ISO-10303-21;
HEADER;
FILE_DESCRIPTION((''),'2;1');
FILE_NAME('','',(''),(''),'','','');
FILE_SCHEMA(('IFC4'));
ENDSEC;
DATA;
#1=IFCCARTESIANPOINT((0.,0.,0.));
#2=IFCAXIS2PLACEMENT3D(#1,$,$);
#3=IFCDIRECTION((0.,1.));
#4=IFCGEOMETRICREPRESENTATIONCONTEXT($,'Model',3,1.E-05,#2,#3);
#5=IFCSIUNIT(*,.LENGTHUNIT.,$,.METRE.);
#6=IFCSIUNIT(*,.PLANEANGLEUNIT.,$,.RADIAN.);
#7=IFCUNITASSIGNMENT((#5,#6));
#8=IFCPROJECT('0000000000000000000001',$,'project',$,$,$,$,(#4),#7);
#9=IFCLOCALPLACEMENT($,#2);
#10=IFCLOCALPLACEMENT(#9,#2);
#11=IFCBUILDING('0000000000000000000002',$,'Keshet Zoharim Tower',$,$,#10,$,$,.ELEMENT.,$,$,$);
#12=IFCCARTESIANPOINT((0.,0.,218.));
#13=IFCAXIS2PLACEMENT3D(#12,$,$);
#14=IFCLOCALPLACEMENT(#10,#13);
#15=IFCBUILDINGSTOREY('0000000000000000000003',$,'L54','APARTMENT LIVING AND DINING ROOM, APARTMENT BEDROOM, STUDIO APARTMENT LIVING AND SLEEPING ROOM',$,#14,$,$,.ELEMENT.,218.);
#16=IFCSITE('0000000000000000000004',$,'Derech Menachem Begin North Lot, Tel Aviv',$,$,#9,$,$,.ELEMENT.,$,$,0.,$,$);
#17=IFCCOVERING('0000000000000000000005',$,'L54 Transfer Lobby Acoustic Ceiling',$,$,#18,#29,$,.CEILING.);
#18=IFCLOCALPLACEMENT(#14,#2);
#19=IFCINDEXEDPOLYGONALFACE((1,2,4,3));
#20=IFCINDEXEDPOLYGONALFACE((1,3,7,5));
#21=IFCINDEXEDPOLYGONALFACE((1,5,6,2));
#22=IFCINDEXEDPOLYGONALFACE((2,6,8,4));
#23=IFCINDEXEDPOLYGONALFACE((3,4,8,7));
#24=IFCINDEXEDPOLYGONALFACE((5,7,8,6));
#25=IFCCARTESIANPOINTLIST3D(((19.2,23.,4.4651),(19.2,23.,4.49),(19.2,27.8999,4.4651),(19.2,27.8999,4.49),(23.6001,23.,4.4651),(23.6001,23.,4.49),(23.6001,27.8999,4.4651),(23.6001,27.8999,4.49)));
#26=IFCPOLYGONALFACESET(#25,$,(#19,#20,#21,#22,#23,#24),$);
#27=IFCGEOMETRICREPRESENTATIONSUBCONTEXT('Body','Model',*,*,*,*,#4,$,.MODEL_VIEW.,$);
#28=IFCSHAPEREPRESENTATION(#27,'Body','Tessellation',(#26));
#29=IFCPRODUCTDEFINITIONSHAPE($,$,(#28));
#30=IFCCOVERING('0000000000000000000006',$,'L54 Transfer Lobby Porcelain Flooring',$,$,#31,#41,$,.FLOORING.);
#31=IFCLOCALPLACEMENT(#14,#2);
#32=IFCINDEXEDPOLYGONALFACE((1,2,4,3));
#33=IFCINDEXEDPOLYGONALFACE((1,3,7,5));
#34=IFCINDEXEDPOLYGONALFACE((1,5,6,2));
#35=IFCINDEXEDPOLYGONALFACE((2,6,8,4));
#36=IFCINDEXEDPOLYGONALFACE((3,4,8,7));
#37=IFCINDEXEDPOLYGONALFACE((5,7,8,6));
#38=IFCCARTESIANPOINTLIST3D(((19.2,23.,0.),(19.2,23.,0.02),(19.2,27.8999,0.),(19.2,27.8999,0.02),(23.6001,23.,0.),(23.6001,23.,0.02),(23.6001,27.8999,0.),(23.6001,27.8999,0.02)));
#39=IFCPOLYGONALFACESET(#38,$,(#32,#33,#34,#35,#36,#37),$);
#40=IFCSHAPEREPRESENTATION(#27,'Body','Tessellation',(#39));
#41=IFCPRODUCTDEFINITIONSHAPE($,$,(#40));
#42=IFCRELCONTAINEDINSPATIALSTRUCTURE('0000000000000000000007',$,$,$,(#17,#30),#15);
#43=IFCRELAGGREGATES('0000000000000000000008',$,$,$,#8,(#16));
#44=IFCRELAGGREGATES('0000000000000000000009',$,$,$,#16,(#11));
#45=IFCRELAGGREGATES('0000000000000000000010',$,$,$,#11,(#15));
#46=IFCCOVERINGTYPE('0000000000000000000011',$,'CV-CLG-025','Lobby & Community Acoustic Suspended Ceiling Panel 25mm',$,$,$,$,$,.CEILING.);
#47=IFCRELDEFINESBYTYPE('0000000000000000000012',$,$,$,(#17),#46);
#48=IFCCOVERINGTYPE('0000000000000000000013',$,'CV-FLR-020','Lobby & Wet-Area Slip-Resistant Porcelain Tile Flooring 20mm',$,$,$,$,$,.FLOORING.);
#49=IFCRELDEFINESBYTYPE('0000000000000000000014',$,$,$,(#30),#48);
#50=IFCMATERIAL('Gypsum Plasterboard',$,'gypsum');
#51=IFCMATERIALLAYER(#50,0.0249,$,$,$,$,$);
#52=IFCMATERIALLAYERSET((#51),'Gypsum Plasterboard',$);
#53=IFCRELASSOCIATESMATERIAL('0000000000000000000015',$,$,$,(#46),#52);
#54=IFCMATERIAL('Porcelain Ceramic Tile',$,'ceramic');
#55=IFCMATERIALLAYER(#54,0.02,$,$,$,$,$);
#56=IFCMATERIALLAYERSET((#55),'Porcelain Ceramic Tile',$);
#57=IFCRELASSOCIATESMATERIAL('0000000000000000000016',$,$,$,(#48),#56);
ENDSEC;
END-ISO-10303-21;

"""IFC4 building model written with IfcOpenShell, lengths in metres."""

from ifc_helpers import new_model, si_unit, direction, frame, origin, place, context, subcontext, project, spatial, polyline, outline, extrude, material, layer, layer_set, type_object, element, save


model = new_model("IFC4")

# Units and contexts
model_context = context("Model", 3, precision=1e-05, world=origin(), true_north=direction((0.0, 1.0)))
body_context = subcontext(model_context, "Body", "Model", "MODEL_VIEW")
ifc_project = project(units=[si_unit("LENGTHUNIT", "METRE"), si_unit("PLANEANGLEUNIT", "RADIAN")], contexts=[model_context])

# Site, building, storey
site_placement = place(None, origin())
site = spatial("IfcSite", under=ifc_project, at=site_placement, Name="Derech Menachem Begin North Lot, Tel Aviv", CompositionType="ELEMENT", RefElevation=0.0)
building_placement = place(site_placement, origin())
building = spatial("IfcBuilding", under=site, at=building_placement, Name="Keshet Zoharim Tower", CompositionType="ELEMENT")
storey_placement = place(building_placement, frame((0.0, 0.0, 218.0)))
storey = spatial("IfcBuildingStorey", under=building, at=storey_placement, Name="L54", Description="APARTMENT LIVING AND DINING ROOM, APARTMENT BEDROOM, STUDIO APARTMENT LIVING AND SLEEPING ROOM", CompositionType="ELEMENT", Elevation=218.0)

# Shared definitions
ifc_material_1 = material(Name="Gypsum Plasterboard", Category="gypsum")

# Coverings
ifc_layer_1 = layer(ifc_material_1, 0.0249)
ifc_layer_set_1 = layer_set([ifc_layer_1], Name="Gypsum Plasterboard")
covering_type_1 = type_object("IfcCoveringType", Name="CV-CLG-025", Description="Lobby & Community Acoustic Suspended Ceiling Panel 25mm", PredefinedType="CEILING", material=ifc_layer_set_1)
covering_1_placement = place(storey_placement, frame((0.0, 0.0, 4.4651)))
element("IfcCovering", 1, at=covering_1_placement, inside=storey, type_object=covering_type_1, Name="L54 Transfer Lobby Acoustic Ceiling", PredefinedType="CEILING", context=body_context, shape_type="SweptSolid", body=[
    extrude(outline(polyline([(19.2, 23.0), (23.6001, 23.0), (23.6001, 27.8999), (19.2, 27.8999), (19.2, 23.0)])), origin(), (0.0, 0.0, 1.0), 0.0249),
])
ifc_material_2 = material(Name="Porcelain Ceramic Tile", Category="ceramic")
ifc_layer_2 = layer(ifc_material_2, 0.02)
ifc_layer_set_2 = layer_set([ifc_layer_2], Name="Porcelain Ceramic Tile")
covering_type_2 = type_object("IfcCoveringType", Name="CV-FLR-020", Description="Lobby & Wet-Area Slip-Resistant Porcelain Tile Flooring 20mm", PredefinedType="FLOORING", material=ifc_layer_set_2)
covering_2_placement = place(storey_placement, origin())
element("IfcCovering", 2, at=covering_2_placement, inside=storey, type_object=covering_type_2, Name="L54 Transfer Lobby Porcelain Flooring", PredefinedType="FLOORING", context=body_context, shape_type="SweptSolid", body=[
    extrude(outline(polyline([(19.2, 23.0), (23.6001, 23.0), (23.6001, 27.8999), (19.2, 27.8999), (19.2, 23.0)])), origin(), (0.0, 0.0, 1.0), 0.02),
])

save(model, "model.ifc")
